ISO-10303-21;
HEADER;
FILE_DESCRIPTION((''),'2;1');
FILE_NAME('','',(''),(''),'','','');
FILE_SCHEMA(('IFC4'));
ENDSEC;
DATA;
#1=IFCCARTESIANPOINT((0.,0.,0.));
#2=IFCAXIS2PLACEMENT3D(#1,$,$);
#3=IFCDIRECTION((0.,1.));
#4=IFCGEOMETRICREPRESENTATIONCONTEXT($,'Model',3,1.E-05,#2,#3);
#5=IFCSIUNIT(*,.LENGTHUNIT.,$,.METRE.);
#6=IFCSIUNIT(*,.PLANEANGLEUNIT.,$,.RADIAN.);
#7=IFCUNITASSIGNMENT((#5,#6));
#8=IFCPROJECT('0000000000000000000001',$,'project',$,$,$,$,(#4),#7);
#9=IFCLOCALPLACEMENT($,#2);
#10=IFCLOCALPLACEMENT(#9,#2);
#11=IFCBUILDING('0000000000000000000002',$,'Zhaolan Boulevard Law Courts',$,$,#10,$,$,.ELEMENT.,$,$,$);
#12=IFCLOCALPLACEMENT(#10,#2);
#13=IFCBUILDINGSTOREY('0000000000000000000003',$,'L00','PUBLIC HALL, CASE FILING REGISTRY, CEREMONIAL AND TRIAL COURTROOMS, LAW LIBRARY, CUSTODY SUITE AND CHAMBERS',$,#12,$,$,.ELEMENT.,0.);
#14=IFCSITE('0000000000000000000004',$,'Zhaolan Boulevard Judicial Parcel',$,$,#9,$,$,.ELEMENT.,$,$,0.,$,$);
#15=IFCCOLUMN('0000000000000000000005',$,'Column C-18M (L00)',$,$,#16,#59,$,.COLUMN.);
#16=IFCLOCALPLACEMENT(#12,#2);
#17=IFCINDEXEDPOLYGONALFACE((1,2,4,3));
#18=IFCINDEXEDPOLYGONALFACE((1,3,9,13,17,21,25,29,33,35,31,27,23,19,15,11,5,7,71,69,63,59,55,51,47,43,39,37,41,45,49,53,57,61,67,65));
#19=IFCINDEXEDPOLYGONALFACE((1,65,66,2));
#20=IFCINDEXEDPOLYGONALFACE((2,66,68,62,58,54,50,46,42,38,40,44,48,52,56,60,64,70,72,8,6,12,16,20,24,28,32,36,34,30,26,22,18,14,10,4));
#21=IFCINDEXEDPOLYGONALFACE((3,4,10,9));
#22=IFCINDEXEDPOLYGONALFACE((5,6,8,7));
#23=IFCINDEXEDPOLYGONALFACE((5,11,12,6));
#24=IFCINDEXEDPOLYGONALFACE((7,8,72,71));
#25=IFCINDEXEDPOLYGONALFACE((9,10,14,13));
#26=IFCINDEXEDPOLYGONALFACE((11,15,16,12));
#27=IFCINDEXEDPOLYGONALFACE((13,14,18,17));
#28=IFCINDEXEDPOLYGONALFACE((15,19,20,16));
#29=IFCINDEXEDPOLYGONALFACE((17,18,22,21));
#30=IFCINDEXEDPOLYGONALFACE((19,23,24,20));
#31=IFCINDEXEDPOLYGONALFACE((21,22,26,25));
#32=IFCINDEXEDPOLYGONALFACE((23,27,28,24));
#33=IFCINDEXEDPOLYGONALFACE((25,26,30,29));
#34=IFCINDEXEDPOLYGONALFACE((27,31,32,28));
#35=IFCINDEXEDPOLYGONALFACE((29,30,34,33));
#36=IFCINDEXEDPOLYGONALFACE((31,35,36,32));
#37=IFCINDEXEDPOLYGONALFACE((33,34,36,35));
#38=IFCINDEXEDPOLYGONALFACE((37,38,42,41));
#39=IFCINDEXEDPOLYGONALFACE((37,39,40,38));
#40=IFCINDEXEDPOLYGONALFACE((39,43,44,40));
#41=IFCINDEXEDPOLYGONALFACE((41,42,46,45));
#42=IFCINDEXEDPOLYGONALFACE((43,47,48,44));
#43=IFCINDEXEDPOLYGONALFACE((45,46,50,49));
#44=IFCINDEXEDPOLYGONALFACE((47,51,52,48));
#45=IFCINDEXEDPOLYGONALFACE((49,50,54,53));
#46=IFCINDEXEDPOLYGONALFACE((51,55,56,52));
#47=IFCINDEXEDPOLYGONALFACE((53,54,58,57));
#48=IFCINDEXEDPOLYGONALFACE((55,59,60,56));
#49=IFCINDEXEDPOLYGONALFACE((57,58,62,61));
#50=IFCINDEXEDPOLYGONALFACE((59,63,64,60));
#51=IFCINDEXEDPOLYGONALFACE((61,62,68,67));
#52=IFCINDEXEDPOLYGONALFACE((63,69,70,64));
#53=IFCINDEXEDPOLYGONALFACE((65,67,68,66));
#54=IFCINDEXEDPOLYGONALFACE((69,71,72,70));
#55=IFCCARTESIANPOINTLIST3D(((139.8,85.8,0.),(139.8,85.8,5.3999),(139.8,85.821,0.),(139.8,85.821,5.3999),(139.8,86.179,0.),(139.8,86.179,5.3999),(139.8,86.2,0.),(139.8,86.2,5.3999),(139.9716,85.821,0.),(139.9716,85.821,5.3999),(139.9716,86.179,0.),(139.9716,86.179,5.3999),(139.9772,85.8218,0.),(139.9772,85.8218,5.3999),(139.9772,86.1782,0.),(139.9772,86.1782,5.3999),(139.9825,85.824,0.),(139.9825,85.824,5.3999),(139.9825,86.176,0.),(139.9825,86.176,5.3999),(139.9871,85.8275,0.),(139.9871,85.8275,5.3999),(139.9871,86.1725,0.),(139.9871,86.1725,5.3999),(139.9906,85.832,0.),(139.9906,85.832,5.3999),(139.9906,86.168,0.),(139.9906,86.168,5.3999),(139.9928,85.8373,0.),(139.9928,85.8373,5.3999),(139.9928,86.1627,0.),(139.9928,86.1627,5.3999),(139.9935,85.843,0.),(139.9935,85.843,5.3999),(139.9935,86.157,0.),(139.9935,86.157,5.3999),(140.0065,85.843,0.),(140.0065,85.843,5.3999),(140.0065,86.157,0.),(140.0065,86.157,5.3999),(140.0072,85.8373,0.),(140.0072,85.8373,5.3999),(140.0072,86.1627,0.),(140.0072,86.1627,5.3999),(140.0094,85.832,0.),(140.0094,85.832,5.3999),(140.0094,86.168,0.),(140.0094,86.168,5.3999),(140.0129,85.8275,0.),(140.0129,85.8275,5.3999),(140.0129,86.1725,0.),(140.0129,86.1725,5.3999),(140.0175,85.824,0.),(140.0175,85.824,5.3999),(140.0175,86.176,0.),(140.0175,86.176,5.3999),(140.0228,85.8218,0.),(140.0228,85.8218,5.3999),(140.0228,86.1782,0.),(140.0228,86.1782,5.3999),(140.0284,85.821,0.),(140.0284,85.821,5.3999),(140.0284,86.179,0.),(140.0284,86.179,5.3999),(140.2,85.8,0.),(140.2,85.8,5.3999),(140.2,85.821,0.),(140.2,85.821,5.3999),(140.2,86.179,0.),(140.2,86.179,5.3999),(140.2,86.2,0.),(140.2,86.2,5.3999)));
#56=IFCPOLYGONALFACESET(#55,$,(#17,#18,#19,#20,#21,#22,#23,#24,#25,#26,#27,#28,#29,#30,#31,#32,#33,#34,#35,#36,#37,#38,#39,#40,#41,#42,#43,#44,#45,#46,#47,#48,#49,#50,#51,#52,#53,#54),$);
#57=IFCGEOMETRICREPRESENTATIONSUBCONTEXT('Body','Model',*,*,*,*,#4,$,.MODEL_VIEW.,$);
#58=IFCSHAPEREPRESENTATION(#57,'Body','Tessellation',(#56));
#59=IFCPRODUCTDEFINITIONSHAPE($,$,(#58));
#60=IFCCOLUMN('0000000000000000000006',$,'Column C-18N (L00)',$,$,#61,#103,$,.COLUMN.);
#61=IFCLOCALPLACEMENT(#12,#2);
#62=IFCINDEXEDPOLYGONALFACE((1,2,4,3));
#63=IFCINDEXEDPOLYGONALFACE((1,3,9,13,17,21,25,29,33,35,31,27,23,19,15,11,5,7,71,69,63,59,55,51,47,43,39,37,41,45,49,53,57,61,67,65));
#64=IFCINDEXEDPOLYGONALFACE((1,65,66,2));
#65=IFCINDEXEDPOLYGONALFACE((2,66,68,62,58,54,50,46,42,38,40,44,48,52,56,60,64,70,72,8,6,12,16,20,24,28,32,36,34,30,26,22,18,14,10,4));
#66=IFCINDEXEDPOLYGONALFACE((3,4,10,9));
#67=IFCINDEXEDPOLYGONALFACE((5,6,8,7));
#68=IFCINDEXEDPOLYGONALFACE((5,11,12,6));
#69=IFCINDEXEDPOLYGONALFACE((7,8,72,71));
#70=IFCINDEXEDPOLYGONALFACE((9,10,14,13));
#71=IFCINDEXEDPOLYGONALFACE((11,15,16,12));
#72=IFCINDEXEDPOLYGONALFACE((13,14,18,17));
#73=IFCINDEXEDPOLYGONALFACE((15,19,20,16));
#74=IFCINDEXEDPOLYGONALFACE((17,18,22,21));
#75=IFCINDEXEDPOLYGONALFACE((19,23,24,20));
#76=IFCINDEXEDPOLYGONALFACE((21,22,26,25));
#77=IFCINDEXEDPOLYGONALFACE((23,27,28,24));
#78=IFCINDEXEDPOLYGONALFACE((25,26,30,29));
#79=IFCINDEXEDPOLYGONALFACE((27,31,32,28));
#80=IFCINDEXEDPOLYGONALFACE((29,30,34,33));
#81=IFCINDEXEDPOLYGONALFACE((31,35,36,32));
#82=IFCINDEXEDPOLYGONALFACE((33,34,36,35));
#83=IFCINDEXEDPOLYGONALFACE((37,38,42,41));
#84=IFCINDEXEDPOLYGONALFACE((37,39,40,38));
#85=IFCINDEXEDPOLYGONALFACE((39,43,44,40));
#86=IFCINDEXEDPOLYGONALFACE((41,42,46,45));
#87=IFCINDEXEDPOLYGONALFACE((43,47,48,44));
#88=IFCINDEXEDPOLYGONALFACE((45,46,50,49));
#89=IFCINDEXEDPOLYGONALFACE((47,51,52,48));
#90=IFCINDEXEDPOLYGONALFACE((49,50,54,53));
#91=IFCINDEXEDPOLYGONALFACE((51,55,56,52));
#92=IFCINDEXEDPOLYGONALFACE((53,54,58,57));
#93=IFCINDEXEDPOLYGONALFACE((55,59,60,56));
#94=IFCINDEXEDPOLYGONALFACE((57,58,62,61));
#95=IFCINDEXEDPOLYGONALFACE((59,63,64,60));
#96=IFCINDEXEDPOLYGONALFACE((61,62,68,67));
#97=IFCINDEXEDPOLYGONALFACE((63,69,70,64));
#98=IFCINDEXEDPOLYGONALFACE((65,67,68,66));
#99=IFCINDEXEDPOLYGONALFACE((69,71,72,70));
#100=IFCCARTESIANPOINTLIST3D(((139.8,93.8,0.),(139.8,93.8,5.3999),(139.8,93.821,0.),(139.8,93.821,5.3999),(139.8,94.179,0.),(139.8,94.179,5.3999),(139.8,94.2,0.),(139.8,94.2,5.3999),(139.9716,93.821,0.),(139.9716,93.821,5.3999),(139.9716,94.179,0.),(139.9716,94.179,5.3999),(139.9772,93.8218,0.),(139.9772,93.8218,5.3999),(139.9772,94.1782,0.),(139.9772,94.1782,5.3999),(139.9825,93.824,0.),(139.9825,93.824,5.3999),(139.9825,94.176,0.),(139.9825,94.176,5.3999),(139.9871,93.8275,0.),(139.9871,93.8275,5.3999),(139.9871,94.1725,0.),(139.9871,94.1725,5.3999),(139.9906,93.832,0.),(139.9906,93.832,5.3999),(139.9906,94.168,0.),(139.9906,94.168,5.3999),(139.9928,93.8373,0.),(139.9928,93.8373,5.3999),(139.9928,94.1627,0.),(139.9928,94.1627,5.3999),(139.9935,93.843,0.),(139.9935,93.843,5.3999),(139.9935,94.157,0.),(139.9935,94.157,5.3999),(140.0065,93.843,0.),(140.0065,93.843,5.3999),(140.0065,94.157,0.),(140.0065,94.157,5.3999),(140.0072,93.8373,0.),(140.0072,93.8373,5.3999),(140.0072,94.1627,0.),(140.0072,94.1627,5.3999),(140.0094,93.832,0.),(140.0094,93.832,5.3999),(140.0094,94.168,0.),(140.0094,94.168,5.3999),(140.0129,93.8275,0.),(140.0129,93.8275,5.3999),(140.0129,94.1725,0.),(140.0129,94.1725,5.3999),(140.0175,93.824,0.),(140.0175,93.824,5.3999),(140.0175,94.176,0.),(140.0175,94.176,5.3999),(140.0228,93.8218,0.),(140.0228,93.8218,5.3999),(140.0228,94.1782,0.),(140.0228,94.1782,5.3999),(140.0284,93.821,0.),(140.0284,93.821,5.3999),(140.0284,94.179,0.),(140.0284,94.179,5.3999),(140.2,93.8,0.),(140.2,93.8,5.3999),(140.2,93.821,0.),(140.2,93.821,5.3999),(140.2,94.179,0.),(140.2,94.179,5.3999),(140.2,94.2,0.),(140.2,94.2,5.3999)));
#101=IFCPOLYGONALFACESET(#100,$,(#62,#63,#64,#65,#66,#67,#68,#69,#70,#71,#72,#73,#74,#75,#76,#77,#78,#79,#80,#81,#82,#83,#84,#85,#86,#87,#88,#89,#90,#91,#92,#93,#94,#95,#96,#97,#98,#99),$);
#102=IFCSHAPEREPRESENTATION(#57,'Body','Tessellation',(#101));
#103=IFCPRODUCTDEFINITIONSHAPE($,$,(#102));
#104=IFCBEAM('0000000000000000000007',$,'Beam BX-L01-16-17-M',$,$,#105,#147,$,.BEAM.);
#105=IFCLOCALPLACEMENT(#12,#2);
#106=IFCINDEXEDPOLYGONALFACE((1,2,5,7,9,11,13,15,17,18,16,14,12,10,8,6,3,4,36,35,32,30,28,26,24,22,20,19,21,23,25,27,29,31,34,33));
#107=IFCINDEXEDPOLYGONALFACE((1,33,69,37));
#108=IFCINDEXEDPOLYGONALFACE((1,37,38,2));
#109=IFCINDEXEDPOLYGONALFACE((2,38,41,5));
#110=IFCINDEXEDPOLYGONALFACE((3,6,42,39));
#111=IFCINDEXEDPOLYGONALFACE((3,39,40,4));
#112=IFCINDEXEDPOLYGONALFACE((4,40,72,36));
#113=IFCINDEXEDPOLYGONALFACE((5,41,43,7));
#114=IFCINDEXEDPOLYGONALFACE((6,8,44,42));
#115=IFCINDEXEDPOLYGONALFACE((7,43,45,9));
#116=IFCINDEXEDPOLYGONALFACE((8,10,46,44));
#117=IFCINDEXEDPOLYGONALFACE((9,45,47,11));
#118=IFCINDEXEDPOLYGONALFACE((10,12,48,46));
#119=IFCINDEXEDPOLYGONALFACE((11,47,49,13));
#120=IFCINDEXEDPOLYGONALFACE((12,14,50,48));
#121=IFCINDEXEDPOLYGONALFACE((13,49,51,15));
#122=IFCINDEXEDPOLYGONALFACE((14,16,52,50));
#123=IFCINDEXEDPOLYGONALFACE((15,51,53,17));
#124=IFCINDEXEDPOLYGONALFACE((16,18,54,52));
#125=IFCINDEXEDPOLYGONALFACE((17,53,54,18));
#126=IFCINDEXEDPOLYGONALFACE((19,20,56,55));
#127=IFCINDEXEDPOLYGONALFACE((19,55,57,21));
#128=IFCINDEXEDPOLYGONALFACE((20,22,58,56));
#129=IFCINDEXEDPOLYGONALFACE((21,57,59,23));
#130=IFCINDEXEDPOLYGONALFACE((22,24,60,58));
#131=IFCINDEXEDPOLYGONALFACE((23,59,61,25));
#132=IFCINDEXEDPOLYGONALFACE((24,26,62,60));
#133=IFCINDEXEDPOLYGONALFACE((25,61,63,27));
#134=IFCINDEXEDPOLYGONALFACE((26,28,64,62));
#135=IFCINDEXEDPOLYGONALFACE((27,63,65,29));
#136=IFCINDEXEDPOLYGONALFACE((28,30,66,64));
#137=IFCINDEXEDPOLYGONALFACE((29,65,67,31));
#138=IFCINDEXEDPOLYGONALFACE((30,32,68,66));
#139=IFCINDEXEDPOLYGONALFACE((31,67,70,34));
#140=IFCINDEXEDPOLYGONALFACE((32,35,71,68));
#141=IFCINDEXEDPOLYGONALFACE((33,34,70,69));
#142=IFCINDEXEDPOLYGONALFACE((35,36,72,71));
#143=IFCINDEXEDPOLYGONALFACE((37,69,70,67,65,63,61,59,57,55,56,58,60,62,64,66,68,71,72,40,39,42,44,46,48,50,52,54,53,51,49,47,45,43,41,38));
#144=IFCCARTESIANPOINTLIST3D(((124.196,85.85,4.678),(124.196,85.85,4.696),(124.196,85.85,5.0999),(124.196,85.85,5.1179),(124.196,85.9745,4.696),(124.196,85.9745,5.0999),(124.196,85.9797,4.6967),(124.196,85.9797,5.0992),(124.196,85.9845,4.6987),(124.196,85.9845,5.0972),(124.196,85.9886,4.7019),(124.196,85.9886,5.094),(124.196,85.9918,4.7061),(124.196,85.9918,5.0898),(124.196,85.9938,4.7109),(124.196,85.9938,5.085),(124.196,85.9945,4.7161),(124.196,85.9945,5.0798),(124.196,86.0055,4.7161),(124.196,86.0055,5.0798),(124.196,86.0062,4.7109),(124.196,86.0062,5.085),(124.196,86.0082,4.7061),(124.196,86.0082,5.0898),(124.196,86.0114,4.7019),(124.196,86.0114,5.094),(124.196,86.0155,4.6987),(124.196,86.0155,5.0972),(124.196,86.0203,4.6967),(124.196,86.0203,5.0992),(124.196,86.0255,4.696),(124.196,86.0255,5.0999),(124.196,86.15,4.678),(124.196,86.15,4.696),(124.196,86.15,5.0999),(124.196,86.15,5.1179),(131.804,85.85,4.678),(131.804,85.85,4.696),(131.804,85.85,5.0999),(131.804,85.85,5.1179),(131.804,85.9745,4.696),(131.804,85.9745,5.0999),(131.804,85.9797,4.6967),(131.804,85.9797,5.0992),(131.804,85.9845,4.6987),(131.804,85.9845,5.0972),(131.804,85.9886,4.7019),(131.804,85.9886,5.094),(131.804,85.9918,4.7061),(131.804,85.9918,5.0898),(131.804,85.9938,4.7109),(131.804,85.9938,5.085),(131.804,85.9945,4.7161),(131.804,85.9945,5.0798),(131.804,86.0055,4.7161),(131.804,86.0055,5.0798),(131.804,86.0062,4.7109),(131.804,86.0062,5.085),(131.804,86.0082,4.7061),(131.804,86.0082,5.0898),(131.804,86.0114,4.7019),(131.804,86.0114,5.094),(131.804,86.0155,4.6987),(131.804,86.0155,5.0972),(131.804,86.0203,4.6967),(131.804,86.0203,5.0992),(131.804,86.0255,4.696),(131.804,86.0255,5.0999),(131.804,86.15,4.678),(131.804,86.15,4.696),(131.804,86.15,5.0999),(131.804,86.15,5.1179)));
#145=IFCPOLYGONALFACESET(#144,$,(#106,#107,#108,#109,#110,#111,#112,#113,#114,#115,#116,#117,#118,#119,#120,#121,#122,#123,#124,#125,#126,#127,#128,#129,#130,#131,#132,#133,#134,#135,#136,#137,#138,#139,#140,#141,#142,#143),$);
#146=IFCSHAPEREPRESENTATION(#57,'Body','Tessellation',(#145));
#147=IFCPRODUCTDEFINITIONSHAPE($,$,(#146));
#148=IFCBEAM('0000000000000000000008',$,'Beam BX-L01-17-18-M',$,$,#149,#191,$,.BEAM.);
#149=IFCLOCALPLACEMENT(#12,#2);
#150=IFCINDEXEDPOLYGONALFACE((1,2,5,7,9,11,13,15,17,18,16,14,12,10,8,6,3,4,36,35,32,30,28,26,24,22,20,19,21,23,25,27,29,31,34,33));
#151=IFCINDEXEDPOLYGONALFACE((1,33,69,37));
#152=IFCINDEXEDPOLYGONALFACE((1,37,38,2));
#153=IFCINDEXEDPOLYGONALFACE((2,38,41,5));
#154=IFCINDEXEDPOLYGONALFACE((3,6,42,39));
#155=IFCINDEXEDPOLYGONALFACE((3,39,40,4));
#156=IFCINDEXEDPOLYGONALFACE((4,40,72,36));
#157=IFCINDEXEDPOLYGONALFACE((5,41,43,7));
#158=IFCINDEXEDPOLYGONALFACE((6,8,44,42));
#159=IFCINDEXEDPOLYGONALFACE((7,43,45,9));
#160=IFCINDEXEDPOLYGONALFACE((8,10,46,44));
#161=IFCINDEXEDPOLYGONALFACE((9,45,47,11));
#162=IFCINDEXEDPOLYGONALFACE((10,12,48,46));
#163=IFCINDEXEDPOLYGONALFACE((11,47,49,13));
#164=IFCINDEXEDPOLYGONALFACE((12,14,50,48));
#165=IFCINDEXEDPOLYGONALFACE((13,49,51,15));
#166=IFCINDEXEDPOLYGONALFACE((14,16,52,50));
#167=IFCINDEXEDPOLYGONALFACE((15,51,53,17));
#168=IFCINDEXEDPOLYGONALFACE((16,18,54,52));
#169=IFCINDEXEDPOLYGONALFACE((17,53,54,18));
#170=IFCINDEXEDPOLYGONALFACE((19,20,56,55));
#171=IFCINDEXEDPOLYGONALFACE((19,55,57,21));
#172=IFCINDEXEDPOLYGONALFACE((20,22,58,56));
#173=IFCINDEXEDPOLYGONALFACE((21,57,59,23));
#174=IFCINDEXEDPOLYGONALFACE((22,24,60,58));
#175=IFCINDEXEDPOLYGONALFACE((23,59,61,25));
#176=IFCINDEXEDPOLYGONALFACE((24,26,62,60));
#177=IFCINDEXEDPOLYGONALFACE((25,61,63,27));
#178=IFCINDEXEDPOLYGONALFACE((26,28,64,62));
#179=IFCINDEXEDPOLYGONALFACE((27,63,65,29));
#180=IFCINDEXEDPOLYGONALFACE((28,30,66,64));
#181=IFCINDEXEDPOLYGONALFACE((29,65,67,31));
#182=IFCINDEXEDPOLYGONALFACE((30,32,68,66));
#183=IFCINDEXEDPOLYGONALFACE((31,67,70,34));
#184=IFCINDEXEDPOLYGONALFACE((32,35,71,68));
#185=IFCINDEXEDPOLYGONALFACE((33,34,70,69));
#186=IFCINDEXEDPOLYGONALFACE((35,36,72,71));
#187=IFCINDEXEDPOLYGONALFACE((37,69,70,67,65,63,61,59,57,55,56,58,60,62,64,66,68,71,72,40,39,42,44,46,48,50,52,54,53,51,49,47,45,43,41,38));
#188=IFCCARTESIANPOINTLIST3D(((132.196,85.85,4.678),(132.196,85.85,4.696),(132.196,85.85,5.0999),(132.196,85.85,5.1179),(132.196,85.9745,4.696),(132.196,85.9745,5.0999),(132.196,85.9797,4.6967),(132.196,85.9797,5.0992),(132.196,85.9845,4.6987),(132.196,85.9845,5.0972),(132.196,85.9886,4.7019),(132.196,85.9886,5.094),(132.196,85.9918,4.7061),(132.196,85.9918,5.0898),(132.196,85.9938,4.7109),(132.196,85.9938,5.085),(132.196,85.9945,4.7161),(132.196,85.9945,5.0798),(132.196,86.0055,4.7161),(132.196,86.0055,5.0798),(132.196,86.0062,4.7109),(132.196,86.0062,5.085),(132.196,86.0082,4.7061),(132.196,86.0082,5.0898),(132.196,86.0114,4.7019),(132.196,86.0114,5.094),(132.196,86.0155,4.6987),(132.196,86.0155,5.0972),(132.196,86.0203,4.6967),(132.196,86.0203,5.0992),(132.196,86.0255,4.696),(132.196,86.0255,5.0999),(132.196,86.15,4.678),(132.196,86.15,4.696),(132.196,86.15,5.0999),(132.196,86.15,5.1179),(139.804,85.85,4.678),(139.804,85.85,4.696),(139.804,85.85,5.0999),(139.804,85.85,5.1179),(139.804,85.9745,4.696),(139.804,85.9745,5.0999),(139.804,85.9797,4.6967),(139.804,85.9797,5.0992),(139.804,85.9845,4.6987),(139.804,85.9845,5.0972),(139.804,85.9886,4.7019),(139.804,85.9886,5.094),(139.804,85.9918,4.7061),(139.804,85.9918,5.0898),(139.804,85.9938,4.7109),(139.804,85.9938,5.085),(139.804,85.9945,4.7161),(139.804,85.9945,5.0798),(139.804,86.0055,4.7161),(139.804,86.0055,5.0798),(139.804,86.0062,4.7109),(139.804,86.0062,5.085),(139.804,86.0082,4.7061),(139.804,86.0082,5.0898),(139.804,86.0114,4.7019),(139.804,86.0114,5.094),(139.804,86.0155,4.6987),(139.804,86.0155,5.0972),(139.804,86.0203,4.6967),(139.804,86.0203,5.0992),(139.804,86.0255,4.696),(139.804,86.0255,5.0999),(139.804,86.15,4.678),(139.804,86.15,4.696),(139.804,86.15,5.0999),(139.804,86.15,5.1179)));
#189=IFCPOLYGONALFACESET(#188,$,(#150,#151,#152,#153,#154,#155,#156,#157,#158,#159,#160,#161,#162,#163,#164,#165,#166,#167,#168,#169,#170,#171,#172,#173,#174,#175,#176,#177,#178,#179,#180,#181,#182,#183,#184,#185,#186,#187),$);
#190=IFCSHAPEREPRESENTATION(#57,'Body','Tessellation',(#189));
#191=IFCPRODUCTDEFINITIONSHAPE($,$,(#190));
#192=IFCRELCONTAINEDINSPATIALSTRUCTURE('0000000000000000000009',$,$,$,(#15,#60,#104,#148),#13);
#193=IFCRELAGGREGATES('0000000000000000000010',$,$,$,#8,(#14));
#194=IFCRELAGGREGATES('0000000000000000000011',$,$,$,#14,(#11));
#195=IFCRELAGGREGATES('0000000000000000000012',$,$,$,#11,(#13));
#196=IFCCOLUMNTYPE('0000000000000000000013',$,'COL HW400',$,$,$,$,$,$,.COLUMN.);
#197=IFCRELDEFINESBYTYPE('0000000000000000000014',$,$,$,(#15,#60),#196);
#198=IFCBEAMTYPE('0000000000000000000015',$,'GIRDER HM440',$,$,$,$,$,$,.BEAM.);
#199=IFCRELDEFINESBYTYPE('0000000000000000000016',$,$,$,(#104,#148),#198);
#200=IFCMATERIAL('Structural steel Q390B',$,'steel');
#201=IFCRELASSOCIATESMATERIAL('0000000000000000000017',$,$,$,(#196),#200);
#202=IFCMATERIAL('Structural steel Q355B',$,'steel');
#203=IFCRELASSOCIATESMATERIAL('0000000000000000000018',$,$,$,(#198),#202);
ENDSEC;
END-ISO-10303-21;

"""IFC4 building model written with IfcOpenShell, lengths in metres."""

from ifc_helpers import new_model, si_unit, direction, frame, origin, origin_2d, place, context, subcontext, project, spatial, i_section, extrude, material, material_profile, profile_set, type_object, element, save


model = new_model("IFC4")

# Units and contexts
model_context = context("Model", 3, precision=1e-05, world=origin(), true_north=direction((0.0, 1.0)))
body_context = subcontext(model_context, "Body", "Model", "MODEL_VIEW")
ifc_project = project(units=[si_unit("LENGTHUNIT", "METRE"), si_unit("PLANEANGLEUNIT", "RADIAN")], contexts=[model_context])

# Site, building, storey
site_placement = place(None, origin())
site = spatial("IfcSite", under=ifc_project, at=site_placement, Name="Zhaolan Boulevard Judicial Parcel", CompositionType="ELEMENT", RefElevation=0.0)
building_placement = place(site_placement, origin())
building = spatial("IfcBuilding", under=site, at=building_placement, Name="Zhaolan Boulevard Law Courts", CompositionType="ELEMENT")
storey_placement = place(building_placement, origin())
storey = spatial("IfcBuildingStorey", under=building, at=storey_placement, Name="L00", Description="PUBLIC HALL, CASE FILING REGISTRY, CEREMONIAL AND TRIAL COURTROOMS, LAW LIBRARY, CUSTODY SUITE AND CHAMBERS", CompositionType="ELEMENT", Elevation=0.0)

# Columns
ifc_material_1 = material(Name="Structural steel Q390B", Category="steel")
ifc_material_profile_1 = material_profile(ifc_material_1, i_section(OverallWidth=0.3999, OverallDepth=0.3999, WebThickness=0.0129, FlangeThickness=0.021, FilletRadius=0.022, at=origin_2d()), Name="HW400x400")
ifc_profile_set_1 = profile_set([ifc_material_profile_1], Name="Structural steel Q390B")
column_type = type_object("IfcColumnType", Name="COL HW400", PredefinedType="COLUMN", material=ifc_profile_set_1)
for number, where, z_axis, x_axis, name in (
    (1, (140.0, 86.0, 0.0), (0.0, 0.0, 1.0), (1.0, 0.0, 0.0), "Column C-18M (L00)"),
    (2, (140.0, 94.0, 0.0), (0.0, 0.0, 1.0), (1.0, 0.0, 0.0), "Column C-18N (L00)"),
):
    element("IfcColumn", number, at=place(storey_placement, frame(where, z_axis=z_axis, x_axis=x_axis)), inside=storey, type_object=column_type, Name=name, PredefinedType="COLUMN", context=body_context, shape_type="SweptSolid", body=[
        extrude(i_section(OverallWidth=0.3999, OverallDepth=0.3999, WebThickness=0.0129, FlangeThickness=0.021, FilletRadius=0.022, at=origin_2d()), origin(), (0.0, 0.0, 1.0), 5.3999),
    ])

# Beams
ifc_material_2 = material(Name="Structural steel Q355B", Category="steel")
ifc_material_profile_2 = material_profile(ifc_material_2, i_section(OverallWidth=0.3, OverallDepth=0.4399, WebThickness=0.011, FlangeThickness=0.0181, FilletRadius=0.02, at=origin_2d()), Name="HM440x300")
ifc_profile_set_2 = profile_set([ifc_material_profile_2], Name="Structural steel Q355B")
beam_type_1 = type_object("IfcBeamType", Name="GIRDER HM440", PredefinedType="BEAM", material=ifc_profile_set_2)
for number, where, z_axis, x_axis, name in (
    (3, (124.196, 86.0, 4.8979), (1.0, 0.0, 0.0), (0.0, 1.0, 0.0), "Beam BX-L01-16-17-M"),
    (4, (132.196, 86.0, 4.8979), (1.0, 0.0, 0.0), (0.0, 1.0, 0.0), "Beam BX-L01-17-18-M"),
):
    element("IfcBeam", number, at=place(storey_placement, frame(where, z_axis=z_axis, x_axis=x_axis)), inside=storey, type_object=beam_type_1, Name=name, PredefinedType="BEAM", context=body_context, shape_type="SweptSolid", body=[
        extrude(i_section(OverallWidth=0.3, OverallDepth=0.4399, WebThickness=0.011, FlangeThickness=0.0181, FilletRadius=0.02, at=origin_2d()), origin(), (0.0, 0.0, 1.0), 7.6079),
    ])

save(model, "model.ifc")
